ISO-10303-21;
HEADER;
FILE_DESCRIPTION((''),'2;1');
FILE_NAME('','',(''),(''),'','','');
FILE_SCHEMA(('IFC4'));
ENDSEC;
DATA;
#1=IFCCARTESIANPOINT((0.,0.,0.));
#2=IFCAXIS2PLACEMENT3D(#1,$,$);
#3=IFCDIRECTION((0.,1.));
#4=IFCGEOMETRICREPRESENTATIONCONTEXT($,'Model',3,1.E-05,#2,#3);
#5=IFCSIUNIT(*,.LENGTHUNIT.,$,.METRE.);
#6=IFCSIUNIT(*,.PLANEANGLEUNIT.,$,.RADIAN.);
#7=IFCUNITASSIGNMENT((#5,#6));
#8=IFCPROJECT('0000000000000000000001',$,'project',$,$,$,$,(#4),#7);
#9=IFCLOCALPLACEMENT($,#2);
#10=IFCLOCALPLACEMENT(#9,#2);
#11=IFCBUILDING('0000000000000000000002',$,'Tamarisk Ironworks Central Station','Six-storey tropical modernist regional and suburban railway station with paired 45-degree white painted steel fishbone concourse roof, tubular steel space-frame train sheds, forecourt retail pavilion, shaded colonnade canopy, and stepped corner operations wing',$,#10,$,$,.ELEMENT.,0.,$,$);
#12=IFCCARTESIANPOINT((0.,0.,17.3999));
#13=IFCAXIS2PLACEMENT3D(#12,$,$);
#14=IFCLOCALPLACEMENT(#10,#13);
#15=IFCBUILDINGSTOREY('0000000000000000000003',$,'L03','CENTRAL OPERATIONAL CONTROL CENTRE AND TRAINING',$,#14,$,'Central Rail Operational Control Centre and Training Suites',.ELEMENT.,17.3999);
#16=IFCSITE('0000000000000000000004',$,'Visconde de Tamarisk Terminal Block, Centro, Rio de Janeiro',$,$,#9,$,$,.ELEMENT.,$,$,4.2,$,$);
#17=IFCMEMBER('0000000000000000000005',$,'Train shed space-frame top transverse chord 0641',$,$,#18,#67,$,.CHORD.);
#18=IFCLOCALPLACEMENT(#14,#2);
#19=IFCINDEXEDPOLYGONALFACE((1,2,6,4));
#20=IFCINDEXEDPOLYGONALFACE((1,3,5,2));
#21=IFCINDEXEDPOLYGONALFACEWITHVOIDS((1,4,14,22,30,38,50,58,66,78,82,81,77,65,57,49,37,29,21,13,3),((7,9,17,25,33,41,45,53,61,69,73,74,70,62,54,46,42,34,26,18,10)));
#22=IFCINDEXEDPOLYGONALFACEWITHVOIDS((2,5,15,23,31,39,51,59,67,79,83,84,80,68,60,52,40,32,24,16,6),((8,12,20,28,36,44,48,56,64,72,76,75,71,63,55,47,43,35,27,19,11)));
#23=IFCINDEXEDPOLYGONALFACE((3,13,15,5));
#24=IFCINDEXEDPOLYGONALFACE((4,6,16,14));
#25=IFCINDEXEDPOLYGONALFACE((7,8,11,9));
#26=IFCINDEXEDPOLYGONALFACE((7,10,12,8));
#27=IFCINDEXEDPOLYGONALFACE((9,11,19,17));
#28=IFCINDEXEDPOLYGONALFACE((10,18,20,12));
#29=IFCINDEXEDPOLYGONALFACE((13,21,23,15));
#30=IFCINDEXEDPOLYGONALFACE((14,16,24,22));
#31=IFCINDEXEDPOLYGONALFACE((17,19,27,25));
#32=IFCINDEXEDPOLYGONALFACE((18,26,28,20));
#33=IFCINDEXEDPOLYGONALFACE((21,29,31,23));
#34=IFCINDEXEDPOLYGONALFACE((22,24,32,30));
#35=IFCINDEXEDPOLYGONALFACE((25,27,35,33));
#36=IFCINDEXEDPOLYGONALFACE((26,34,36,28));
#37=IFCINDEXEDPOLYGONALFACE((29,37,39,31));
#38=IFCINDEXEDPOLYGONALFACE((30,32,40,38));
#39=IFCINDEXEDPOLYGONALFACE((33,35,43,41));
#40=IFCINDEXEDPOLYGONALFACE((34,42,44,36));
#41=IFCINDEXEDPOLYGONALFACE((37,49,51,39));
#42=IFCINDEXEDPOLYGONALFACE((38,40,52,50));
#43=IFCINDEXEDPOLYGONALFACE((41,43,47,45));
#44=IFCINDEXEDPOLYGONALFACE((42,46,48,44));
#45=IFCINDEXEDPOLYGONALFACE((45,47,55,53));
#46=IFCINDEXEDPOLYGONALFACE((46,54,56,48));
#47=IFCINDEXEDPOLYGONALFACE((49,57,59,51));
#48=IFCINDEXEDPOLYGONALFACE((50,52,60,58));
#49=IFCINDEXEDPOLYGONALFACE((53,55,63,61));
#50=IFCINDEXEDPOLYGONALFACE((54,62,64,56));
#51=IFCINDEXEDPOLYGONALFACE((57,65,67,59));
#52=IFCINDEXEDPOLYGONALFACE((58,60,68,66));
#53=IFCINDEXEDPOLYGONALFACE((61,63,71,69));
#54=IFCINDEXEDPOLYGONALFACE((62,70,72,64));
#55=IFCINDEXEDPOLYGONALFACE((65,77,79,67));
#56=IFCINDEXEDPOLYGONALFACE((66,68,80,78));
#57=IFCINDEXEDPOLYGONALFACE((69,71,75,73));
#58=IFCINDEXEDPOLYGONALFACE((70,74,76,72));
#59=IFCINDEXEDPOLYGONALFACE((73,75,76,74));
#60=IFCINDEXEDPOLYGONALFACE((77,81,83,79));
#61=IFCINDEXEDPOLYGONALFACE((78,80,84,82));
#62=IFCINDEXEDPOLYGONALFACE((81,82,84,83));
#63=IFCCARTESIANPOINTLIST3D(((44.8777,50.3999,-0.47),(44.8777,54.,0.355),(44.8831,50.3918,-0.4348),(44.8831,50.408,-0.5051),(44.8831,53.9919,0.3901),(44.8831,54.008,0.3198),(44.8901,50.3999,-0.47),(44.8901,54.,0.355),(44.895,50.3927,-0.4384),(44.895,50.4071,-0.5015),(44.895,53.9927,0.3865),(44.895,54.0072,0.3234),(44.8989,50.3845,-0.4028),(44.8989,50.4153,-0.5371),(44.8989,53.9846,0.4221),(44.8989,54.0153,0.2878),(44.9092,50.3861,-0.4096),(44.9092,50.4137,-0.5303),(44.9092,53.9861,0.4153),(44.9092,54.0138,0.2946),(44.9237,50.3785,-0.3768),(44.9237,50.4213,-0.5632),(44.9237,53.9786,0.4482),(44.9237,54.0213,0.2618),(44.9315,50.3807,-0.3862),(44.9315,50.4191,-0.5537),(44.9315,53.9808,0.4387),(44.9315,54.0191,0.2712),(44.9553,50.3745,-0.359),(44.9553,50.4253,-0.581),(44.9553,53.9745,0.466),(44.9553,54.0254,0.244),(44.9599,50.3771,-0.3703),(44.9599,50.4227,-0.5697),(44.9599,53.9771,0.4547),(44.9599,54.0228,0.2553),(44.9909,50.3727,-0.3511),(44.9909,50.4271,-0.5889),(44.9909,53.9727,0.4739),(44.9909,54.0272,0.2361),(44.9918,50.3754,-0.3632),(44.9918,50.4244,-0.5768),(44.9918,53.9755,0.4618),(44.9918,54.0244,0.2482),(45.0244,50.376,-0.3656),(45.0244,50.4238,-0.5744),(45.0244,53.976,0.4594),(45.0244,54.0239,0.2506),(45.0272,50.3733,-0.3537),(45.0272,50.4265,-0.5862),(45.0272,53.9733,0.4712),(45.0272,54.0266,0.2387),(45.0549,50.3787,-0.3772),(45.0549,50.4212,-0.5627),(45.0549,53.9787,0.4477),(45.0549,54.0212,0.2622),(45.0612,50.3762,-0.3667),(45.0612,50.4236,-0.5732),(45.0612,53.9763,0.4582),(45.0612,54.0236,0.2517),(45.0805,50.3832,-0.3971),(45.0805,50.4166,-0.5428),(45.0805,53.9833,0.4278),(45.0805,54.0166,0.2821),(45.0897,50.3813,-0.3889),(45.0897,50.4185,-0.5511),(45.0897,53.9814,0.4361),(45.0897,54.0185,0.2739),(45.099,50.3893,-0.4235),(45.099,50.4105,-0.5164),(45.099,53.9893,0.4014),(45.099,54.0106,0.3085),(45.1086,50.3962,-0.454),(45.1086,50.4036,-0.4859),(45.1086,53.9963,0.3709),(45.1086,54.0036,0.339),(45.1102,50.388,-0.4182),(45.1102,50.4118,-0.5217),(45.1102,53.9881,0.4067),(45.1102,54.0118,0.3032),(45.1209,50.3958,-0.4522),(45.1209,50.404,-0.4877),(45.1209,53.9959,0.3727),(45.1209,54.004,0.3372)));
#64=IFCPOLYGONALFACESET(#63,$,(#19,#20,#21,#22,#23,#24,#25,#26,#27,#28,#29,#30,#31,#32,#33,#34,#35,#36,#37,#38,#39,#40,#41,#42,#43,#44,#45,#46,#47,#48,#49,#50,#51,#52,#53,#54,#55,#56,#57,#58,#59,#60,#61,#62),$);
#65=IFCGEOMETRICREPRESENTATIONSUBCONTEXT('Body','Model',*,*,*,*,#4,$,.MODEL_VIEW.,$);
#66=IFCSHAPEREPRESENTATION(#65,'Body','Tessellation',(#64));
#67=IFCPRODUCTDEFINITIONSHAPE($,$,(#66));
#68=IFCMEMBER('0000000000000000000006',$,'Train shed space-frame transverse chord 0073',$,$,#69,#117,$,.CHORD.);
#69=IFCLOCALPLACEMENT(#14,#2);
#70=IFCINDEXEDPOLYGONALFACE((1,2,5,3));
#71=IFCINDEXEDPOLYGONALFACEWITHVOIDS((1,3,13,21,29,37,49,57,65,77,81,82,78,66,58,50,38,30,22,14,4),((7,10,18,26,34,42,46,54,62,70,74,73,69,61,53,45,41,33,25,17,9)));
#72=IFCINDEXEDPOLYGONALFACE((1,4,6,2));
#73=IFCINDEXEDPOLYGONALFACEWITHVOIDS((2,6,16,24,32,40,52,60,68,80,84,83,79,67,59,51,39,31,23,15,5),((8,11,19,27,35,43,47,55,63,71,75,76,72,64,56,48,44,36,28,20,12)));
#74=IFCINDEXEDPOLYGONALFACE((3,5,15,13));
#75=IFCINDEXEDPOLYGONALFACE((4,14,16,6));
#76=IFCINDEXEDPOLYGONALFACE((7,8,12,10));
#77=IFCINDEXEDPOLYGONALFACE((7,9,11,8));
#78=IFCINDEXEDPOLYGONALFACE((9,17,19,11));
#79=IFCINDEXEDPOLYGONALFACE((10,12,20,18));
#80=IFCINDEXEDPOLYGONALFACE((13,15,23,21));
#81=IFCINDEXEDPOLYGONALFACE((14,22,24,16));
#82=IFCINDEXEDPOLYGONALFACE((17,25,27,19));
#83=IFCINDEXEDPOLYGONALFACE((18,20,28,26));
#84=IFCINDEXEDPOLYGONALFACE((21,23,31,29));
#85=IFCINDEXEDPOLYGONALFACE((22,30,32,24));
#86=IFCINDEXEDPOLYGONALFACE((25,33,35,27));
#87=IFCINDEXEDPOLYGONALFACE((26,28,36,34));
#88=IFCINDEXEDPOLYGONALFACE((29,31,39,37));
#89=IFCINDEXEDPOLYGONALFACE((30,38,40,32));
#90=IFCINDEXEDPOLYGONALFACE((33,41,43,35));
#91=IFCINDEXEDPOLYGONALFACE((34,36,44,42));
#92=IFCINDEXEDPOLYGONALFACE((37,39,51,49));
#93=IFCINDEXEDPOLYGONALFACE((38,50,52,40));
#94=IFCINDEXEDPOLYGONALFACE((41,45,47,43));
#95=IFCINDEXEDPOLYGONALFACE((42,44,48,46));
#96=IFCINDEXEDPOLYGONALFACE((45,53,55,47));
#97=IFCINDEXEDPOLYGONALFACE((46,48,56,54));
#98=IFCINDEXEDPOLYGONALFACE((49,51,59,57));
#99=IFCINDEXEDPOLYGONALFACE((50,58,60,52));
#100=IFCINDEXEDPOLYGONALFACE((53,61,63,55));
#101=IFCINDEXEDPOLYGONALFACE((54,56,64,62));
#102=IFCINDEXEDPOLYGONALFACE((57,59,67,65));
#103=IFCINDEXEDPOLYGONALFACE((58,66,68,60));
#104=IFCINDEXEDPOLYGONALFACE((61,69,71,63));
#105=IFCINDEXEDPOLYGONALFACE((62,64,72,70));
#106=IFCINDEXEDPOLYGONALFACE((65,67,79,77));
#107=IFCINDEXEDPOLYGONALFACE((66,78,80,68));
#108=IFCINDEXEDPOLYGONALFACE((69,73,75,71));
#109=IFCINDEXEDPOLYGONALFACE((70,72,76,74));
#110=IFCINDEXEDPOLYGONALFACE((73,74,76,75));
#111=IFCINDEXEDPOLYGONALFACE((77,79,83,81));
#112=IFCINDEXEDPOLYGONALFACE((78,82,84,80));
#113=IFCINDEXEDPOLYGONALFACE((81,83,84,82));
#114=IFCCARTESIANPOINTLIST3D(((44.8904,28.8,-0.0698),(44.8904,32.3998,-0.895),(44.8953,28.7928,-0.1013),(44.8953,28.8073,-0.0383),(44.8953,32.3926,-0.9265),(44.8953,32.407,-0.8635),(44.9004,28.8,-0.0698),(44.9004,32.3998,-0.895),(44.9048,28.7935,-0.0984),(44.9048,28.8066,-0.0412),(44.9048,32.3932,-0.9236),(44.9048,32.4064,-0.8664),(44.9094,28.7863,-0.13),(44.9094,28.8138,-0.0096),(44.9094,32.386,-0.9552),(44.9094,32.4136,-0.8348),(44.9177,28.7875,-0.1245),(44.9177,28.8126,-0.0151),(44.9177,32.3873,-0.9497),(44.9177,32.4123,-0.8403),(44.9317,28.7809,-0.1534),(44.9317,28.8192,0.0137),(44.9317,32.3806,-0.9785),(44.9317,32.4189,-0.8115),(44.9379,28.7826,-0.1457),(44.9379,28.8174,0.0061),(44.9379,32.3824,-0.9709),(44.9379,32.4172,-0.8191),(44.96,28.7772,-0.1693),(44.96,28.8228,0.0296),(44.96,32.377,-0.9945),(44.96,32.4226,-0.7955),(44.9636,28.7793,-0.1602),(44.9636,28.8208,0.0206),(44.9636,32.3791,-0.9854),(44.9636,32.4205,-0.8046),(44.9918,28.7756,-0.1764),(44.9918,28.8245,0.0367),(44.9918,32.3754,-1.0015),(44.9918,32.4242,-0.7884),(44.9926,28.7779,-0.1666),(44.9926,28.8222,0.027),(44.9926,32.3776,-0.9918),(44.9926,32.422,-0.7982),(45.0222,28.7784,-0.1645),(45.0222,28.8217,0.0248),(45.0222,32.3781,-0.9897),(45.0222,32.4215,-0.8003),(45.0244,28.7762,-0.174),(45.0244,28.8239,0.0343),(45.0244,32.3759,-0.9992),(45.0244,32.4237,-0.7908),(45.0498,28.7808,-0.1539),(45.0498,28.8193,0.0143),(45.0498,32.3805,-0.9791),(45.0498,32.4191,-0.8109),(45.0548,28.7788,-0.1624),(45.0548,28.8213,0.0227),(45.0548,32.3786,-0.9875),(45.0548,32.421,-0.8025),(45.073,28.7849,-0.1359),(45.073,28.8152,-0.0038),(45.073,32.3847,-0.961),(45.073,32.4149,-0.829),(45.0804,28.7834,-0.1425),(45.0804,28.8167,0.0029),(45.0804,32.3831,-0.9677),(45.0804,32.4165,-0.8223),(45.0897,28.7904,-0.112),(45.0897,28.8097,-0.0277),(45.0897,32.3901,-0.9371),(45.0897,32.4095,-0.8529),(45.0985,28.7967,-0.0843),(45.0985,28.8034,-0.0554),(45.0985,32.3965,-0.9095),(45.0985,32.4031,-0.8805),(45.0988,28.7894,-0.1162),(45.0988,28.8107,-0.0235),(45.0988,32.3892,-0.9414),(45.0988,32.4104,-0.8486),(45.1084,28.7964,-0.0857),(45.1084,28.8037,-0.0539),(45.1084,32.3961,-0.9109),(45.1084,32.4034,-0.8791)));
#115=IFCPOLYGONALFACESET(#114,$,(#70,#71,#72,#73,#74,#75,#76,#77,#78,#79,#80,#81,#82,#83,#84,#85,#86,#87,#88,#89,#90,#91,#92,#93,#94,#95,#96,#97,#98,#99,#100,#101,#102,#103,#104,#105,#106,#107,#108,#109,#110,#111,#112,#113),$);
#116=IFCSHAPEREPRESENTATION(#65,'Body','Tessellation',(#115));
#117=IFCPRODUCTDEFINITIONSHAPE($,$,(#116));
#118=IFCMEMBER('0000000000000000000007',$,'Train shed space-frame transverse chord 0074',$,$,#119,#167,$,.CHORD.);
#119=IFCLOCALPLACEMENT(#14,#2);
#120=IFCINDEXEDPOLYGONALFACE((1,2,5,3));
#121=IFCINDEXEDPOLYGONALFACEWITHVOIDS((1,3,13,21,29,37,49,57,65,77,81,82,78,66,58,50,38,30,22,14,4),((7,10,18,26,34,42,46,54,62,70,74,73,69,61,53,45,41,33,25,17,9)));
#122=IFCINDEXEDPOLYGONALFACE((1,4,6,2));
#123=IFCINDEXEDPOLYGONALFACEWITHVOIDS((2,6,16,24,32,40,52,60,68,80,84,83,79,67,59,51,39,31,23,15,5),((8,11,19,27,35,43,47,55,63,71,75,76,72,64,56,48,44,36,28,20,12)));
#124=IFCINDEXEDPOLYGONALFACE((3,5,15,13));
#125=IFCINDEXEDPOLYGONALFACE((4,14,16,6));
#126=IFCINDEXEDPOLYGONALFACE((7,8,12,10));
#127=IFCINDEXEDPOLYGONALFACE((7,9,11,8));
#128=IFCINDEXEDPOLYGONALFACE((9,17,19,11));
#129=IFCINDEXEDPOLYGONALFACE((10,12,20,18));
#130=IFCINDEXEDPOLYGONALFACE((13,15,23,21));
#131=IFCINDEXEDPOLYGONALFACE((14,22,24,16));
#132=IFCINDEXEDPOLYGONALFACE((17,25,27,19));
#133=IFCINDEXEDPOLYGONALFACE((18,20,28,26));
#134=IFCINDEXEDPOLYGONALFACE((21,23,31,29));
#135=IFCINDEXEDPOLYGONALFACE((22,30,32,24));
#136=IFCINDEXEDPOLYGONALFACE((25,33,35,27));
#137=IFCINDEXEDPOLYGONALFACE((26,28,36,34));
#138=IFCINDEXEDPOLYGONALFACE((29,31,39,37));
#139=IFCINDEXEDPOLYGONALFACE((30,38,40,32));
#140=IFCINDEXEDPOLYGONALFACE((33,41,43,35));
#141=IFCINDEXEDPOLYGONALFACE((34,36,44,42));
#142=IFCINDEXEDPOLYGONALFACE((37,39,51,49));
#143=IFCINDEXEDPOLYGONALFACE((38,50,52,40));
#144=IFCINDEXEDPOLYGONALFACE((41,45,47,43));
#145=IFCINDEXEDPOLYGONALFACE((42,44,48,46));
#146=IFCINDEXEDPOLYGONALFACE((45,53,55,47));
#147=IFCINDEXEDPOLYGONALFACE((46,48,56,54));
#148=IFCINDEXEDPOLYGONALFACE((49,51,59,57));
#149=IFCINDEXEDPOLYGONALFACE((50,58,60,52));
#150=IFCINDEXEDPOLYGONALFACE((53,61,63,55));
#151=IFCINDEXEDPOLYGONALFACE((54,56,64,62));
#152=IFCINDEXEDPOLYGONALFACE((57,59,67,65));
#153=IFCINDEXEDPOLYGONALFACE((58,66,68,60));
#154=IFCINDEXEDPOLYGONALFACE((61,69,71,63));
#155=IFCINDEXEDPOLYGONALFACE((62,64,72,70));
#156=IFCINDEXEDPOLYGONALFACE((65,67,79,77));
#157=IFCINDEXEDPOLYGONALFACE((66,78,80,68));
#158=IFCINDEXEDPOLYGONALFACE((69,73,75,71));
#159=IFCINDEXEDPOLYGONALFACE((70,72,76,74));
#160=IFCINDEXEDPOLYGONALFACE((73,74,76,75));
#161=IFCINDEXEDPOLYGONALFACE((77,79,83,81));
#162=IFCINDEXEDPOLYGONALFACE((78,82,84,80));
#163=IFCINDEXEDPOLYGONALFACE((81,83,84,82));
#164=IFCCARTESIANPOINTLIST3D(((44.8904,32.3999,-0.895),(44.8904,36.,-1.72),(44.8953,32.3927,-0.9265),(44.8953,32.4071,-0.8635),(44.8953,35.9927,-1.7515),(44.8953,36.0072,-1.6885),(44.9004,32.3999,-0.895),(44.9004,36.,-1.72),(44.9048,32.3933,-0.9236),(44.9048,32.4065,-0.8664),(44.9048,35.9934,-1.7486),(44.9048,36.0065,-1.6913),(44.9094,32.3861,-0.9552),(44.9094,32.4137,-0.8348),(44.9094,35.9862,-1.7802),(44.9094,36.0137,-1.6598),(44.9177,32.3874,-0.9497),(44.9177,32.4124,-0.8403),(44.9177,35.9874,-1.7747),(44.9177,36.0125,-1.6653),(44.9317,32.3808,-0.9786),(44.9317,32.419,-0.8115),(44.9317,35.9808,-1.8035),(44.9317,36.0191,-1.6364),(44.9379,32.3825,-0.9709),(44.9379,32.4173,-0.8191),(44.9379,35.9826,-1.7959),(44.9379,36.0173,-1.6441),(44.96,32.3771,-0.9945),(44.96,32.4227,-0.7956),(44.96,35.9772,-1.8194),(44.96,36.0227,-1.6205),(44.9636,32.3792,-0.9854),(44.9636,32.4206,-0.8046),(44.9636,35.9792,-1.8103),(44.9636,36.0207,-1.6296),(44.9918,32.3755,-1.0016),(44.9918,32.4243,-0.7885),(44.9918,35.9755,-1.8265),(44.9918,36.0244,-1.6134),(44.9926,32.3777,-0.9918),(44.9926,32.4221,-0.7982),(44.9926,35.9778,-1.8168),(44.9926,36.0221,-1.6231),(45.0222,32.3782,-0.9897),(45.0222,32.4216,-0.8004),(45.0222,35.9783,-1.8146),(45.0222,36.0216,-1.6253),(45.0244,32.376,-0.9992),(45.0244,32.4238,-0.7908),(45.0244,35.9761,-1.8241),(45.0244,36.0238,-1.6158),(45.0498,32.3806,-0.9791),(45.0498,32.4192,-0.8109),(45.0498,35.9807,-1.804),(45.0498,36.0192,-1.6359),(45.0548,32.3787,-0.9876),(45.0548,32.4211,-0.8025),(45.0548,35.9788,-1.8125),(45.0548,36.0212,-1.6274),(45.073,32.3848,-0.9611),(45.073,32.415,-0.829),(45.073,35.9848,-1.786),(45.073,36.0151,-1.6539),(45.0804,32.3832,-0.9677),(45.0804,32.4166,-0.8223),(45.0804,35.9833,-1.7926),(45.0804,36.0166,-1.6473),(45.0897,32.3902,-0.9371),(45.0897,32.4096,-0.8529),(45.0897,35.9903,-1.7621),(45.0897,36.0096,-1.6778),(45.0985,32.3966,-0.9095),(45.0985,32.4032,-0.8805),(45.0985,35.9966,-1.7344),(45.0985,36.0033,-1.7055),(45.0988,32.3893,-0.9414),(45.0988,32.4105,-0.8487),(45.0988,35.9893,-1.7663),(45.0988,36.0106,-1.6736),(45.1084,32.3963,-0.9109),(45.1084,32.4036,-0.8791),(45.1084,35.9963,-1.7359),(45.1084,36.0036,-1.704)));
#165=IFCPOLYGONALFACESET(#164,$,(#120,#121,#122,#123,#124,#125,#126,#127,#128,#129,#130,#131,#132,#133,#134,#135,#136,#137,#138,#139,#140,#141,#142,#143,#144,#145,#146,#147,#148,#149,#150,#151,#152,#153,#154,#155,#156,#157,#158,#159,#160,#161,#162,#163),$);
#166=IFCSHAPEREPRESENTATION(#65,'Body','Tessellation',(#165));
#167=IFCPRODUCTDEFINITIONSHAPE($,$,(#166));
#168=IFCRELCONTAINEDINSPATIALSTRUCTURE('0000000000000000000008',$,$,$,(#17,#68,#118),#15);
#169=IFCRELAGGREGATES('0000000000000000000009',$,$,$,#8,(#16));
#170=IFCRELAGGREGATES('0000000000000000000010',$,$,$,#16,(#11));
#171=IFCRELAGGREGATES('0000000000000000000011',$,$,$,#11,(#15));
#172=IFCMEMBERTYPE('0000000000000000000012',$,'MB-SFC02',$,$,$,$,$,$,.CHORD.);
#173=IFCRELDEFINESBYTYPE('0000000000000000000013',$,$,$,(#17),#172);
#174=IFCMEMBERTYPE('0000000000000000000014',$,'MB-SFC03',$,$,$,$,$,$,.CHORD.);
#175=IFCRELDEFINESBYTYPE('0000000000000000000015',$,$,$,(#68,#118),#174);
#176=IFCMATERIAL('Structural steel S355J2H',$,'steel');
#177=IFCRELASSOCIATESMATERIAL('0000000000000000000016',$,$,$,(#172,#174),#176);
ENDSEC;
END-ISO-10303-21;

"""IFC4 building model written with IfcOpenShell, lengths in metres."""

from ifc_helpers import new_model, si_unit, direction, frame, origin, origin_2d, place, context, subcontext, project, spatial, hollow_circle, extrude, material, material_profile, profile_set, type_object, element, save


model = new_model("IFC4")

# Units and contexts
model_context = context("Model", 3, precision=1e-05, world=origin(), true_north=direction((0.0, 1.0)))
body_context = subcontext(model_context, "Body", "Model", "MODEL_VIEW")
ifc_project = project(units=[si_unit("LENGTHUNIT", "METRE"), si_unit("PLANEANGLEUNIT", "RADIAN")], contexts=[model_context])

# Site, building, storey
site_placement = place(None, origin())
site = spatial("IfcSite", under=ifc_project, at=site_placement, Name="Visconde de Tamarisk Terminal Block, Centro, Rio de Janeiro", CompositionType="ELEMENT", RefElevation=4.2)
building_placement = place(site_placement, origin())
building = spatial("IfcBuilding", under=site, at=building_placement, Name="Tamarisk Ironworks Central Station", Description="Six-storey tropical modernist regional and suburban railway station with paired 45-degree white painted steel fishbone concourse roof, tubular steel space-frame train sheds, forecourt retail pavilion, shaded colonnade canopy, and stepped corner operations wing", CompositionType="ELEMENT", ElevationOfRefHeight=0.0)
storey_placement = place(building_placement, frame((0.0, 0.0, 17.3999)))
storey = spatial("IfcBuildingStorey", under=building, at=storey_placement, Name="L03", Description="CENTRAL OPERATIONAL CONTROL CENTRE AND TRAINING", LongName="Central Rail Operational Control Centre and Training Suites", CompositionType="ELEMENT", Elevation=17.3999)

# Members
ifc_material_1 = material(Name="Structural steel S355J2H", Category="steel")
ifc_material_profile_1 = material_profile(ifc_material_1, hollow_circle(Radius=0.1223, WallThickness=0.0125, at=origin_2d()), Name="CHS 244.5x12.5")
ifc_profile_set_1 = profile_set([ifc_material_profile_1], Name="Structural steel S355J2H")
member_type_1 = type_object("IfcMemberType", Name="MB-SFC02", PredefinedType="CHORD", material=ifc_profile_set_1)
member_1_placement = place(storey_placement, frame((45.0, 50.3999, -0.47), z_axis=(0.0, 0.974737, 0.223358), x_axis=(-1.0, 0.0, 0.0)))
element("IfcMember", 1, at=member_1_placement, inside=storey, type_object=member_type_1, Name="Train shed space-frame top transverse chord 0641", PredefinedType="CHORD", context=body_context, shape_type="SweptSolid", body=[
    extrude(hollow_circle(Radius=0.1223, WallThickness=0.0125, at=origin_2d()), origin(), (0.0, 0.0, 1.0), 3.6934),
])
ifc_material_profile_2 = material_profile(ifc_material_1, hollow_circle(Radius=0.1096, WallThickness=0.01, at=origin_2d()), Name="CHS 219.1x10")
ifc_profile_set_2 = profile_set([ifc_material_profile_2], Name="Structural steel S355J2H")
member_type_2 = type_object("IfcMemberType", Name="MB-SFC03", PredefinedType="CHORD", material=ifc_profile_set_2)
member_2_placement = place(storey_placement, frame((45.0, 28.8, -0.0698), z_axis=(0.0, 0.974719, -0.223435), x_axis=(-1.0, 0.0, 0.0)))
element("IfcMember", 2, at=member_2_placement, inside=storey, type_object=member_type_2, Name="Train shed space-frame transverse chord 0073", PredefinedType="CHORD", context=body_context, shape_type="SweptSolid", body=[
    extrude(hollow_circle(Radius=0.1096, WallThickness=0.01, at=origin_2d()), origin(), (0.0, 0.0, 1.0), 3.6931),
])
for number, where, z_axis, x_axis, name in (
    (3, (45.0, 32.3999, -0.895), (0.0, 0.974737, -0.223358), (-1.0, 0.0, 0.0), "Train shed space-frame transverse chord 0074"),
):
    element("IfcMember", number, at=place(storey_placement, frame(where, z_axis=z_axis, x_axis=x_axis)), inside=storey, type_object=member_type_2, Name=name, PredefinedType="CHORD", context=body_context, shape_type="SweptSolid", body=[
        extrude(hollow_circle(Radius=0.1096, WallThickness=0.01, at=origin_2d()), origin(), (0.0, 0.0, 1.0), 3.6934),
    ])

save(model, "model.ifc")
